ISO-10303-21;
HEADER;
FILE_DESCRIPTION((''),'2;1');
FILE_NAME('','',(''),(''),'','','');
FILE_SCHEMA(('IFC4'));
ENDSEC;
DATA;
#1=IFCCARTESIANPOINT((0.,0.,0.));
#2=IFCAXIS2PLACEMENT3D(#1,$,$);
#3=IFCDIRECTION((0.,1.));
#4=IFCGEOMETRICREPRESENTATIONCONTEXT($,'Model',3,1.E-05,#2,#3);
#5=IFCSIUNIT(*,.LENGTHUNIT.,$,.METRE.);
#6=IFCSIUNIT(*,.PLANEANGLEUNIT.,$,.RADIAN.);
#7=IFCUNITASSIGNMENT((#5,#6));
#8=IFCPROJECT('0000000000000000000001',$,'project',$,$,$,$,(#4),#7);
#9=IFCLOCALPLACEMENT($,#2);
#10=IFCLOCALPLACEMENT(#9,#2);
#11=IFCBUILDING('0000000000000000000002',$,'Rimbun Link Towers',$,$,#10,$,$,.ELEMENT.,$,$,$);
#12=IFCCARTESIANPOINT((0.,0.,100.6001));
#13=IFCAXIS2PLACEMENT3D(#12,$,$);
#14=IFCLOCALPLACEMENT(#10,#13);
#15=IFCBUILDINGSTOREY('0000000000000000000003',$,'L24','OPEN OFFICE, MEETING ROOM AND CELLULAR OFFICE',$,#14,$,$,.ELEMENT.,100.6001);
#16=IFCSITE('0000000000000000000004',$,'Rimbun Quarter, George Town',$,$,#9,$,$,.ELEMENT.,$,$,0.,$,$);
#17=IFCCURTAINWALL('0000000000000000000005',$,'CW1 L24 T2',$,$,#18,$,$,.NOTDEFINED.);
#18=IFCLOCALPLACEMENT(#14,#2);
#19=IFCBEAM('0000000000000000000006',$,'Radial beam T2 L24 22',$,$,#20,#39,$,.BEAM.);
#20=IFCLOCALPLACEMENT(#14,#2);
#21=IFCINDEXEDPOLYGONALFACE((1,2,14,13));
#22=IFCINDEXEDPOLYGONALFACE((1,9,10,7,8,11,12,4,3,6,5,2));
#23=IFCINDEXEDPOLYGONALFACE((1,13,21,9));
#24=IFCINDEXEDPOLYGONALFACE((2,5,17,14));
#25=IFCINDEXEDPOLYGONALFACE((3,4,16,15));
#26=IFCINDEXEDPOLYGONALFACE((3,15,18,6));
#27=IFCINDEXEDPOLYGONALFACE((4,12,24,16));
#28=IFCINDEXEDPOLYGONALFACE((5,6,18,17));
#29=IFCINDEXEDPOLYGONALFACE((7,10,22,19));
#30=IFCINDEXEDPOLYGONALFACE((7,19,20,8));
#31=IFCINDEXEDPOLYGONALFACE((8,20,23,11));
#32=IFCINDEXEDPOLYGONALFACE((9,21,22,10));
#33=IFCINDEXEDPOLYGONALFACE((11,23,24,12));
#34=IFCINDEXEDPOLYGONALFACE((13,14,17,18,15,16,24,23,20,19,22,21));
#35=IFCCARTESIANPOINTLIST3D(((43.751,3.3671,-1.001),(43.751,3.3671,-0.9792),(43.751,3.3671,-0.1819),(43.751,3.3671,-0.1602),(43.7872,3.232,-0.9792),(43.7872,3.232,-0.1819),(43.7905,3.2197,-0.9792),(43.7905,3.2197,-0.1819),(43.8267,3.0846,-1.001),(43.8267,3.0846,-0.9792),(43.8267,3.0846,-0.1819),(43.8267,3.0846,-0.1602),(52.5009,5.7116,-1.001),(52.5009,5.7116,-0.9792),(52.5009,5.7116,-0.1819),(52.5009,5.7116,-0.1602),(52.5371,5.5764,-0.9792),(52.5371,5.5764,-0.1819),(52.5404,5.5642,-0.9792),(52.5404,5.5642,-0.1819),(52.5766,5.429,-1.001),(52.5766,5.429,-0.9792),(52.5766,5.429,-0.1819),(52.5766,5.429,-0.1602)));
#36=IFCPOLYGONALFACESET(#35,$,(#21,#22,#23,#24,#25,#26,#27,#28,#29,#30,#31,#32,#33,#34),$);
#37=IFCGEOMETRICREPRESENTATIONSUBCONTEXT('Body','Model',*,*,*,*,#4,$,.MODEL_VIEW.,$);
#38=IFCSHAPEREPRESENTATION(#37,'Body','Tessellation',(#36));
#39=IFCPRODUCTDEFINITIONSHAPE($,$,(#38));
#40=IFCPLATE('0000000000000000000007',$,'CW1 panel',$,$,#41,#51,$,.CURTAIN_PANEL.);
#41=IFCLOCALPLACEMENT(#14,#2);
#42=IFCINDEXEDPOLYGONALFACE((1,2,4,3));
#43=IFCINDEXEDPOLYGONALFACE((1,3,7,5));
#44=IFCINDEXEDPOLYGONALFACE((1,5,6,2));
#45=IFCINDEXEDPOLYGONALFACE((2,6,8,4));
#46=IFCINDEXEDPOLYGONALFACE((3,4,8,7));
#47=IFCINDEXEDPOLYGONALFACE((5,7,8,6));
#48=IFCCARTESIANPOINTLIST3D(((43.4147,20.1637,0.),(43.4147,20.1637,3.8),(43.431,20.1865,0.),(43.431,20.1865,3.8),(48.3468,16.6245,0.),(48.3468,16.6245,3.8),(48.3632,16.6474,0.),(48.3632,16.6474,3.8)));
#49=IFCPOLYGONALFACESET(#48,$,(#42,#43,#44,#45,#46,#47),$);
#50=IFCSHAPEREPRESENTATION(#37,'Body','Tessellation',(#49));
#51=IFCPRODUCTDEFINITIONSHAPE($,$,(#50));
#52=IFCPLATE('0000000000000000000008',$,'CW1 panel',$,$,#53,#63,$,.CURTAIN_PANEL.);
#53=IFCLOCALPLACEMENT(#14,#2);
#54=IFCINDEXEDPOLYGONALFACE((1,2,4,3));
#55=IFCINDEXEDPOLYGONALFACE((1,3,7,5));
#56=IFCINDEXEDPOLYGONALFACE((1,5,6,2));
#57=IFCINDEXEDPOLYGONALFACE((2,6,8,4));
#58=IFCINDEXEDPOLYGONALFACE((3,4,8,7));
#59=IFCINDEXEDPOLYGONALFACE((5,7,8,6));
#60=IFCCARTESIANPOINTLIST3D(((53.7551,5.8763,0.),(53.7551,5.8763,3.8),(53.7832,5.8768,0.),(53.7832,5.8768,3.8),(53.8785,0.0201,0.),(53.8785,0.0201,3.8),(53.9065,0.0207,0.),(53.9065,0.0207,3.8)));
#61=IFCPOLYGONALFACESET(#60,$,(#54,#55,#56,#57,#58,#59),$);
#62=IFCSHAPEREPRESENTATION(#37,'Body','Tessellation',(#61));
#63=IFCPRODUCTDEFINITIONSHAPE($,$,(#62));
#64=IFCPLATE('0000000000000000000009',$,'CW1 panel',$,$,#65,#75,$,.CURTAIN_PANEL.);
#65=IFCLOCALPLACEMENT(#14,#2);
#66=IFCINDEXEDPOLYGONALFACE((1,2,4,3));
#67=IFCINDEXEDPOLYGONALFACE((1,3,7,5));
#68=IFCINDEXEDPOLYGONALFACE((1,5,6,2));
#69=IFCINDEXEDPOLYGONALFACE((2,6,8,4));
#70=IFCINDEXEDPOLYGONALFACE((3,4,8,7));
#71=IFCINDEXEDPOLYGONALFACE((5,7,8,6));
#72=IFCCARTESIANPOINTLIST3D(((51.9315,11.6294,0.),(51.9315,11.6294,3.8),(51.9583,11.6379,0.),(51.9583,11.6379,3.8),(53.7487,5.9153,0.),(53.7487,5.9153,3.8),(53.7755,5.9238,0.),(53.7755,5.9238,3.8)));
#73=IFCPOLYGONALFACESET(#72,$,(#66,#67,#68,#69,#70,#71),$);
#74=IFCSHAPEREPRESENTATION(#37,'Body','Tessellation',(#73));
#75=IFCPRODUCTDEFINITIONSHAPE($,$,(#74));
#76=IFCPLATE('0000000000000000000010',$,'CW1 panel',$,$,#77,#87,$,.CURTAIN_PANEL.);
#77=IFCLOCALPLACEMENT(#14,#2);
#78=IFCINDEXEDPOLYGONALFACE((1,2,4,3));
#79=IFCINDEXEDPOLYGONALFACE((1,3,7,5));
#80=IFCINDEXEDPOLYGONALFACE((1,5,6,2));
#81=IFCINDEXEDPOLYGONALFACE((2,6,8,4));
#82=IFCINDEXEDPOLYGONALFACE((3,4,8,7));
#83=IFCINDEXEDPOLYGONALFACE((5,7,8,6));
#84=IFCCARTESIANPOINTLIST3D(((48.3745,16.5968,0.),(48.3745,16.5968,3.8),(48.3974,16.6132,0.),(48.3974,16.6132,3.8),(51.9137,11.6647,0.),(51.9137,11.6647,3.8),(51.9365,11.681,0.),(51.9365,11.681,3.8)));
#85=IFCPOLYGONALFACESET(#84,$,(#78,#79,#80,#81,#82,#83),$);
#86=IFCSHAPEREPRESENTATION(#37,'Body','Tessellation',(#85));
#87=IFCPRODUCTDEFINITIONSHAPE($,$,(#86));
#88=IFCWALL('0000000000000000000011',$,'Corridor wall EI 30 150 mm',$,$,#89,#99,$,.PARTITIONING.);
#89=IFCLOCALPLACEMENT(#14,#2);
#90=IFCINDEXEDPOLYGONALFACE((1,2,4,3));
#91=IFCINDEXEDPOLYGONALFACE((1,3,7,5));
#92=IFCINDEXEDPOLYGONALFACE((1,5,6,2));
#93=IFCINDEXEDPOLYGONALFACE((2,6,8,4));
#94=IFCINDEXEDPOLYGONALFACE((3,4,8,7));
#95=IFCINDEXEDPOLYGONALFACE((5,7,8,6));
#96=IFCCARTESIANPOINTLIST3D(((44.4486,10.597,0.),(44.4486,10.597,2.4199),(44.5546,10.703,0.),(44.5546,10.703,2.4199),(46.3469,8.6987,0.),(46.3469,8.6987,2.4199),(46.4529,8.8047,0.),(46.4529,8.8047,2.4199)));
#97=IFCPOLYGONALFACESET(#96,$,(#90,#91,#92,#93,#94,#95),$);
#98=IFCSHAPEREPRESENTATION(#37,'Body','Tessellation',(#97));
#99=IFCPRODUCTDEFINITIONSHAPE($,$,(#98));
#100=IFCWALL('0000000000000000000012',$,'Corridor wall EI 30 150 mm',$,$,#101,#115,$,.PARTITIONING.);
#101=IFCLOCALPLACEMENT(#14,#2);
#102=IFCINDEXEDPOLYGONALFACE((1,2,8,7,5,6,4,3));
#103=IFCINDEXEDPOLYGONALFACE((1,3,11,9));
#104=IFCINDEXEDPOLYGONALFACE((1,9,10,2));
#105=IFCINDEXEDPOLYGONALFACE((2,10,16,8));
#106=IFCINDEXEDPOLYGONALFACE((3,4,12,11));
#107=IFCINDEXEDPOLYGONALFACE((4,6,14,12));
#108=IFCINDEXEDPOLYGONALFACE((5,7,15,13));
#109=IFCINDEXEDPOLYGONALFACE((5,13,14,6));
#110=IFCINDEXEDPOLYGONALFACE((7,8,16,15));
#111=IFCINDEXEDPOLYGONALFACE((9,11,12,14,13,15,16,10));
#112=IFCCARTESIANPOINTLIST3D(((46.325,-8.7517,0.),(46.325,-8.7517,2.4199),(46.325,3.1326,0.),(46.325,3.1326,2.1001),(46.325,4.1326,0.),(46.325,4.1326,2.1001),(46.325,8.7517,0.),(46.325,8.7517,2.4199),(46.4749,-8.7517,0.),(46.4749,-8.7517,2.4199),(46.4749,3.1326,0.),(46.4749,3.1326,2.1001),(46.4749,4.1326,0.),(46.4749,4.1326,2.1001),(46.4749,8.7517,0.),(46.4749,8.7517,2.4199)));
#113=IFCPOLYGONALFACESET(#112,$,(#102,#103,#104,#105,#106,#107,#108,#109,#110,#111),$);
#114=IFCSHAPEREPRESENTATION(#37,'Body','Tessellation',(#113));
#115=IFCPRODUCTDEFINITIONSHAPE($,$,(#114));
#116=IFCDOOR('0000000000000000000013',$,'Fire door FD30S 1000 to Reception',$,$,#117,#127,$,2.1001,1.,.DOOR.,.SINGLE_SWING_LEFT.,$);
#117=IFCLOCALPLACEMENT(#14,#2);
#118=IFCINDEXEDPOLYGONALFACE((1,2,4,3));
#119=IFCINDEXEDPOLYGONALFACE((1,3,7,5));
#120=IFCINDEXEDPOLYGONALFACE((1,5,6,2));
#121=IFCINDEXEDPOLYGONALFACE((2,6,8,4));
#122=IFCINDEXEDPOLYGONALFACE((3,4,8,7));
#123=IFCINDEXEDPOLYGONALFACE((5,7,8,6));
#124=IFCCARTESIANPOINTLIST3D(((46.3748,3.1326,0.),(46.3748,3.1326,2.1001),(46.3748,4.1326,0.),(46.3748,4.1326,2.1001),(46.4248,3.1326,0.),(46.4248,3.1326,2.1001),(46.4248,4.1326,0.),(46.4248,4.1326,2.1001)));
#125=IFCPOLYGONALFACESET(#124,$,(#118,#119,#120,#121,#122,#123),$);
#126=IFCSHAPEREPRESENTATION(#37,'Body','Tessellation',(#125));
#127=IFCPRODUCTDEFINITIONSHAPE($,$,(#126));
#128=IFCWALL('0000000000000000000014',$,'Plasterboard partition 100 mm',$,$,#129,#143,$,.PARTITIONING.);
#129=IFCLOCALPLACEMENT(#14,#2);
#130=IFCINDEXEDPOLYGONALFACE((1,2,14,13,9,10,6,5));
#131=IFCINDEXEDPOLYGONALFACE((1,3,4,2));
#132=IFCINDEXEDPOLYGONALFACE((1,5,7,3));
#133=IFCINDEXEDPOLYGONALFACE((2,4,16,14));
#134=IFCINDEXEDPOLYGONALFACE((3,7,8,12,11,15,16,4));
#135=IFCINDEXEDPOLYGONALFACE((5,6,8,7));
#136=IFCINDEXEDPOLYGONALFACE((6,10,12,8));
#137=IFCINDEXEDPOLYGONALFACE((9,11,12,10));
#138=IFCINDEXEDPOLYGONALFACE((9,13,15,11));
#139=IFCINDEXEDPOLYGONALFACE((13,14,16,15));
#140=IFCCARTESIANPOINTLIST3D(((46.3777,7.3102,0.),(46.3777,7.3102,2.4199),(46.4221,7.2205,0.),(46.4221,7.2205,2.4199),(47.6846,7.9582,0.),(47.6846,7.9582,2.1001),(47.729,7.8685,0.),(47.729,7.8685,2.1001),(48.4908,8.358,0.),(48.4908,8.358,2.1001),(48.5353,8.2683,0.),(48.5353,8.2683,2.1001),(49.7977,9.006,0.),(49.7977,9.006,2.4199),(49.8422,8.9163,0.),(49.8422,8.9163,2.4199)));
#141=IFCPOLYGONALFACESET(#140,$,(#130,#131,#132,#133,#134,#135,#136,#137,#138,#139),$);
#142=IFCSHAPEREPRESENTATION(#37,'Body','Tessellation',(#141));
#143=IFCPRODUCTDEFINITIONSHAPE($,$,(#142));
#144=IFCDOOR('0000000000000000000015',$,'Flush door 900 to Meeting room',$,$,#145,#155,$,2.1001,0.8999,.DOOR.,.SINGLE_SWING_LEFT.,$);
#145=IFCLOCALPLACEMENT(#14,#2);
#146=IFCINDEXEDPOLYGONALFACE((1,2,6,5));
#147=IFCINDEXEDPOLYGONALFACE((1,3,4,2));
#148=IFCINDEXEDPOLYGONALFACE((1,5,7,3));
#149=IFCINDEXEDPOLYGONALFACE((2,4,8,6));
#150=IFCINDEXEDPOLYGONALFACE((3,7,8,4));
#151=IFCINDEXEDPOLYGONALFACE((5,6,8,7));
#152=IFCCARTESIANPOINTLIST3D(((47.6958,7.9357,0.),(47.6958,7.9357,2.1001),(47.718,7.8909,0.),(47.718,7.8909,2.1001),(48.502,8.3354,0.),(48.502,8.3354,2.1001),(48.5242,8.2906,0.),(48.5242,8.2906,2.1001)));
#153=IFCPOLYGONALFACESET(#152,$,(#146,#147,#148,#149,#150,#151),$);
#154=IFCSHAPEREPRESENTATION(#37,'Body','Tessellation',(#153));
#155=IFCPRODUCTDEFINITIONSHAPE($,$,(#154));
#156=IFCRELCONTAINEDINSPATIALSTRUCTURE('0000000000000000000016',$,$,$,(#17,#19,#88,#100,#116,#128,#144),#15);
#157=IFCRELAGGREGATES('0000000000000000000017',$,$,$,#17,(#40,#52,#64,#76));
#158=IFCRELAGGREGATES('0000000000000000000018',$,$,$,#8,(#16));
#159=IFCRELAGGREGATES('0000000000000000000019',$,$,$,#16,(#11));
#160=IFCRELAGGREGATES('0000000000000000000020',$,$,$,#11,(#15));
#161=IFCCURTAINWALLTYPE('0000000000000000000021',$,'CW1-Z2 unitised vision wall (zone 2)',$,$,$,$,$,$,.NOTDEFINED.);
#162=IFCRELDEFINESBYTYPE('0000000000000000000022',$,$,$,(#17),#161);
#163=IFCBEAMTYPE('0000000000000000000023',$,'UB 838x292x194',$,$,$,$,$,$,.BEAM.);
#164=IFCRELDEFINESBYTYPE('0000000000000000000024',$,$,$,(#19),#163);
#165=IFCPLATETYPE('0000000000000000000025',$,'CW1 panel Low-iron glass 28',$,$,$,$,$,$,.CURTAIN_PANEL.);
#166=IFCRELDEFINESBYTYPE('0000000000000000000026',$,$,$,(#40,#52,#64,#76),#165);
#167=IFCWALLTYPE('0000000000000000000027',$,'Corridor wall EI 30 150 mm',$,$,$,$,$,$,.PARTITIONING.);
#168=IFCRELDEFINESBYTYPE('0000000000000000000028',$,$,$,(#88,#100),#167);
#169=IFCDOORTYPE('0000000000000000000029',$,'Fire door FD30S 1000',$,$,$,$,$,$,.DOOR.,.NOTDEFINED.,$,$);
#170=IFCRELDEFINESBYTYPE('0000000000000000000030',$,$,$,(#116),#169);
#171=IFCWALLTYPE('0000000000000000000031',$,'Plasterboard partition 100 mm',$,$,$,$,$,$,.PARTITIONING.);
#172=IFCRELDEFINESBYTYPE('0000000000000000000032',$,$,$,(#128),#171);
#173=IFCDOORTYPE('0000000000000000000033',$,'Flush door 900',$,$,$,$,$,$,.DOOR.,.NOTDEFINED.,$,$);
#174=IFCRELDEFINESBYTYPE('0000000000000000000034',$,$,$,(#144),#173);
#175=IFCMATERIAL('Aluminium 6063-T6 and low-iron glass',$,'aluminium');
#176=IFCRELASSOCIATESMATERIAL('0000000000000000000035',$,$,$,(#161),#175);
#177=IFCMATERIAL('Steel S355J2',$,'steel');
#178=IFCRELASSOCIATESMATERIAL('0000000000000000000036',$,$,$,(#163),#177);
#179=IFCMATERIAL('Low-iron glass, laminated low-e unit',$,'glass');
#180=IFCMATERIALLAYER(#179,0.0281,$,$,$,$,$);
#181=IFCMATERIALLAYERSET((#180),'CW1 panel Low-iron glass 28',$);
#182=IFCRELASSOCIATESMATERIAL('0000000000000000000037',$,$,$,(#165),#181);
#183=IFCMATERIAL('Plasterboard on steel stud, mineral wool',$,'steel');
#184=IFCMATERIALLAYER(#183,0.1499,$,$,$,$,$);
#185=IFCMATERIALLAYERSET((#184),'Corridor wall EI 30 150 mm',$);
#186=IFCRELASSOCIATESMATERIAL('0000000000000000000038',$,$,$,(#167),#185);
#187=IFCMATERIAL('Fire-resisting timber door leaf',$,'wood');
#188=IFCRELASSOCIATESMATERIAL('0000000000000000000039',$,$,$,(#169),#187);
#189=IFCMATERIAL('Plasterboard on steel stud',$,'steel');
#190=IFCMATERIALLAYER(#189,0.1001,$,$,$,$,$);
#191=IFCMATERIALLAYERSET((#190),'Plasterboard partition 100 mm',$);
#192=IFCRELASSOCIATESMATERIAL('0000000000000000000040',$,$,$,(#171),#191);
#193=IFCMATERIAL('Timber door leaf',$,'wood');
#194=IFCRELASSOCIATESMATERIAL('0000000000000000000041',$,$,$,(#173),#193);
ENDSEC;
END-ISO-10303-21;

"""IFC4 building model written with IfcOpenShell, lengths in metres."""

from ifc_helpers import new_model, si_unit, direction, frame, frame_2d, origin, origin_2d, place, context, subcontext, project, spatial, rectangle, i_section, extrude, material, layer, layer_set, material_profile, profile_set, type_object, element, fill, aggregate, save


model = new_model("IFC4")

# Units and contexts
model_context = context("Model", 3, precision=1e-05, world=origin(), true_north=direction((0.0, 1.0)))
body_context = subcontext(model_context, "Body", "Model", "MODEL_VIEW")
ifc_project = project(units=[si_unit("LENGTHUNIT", "METRE"), si_unit("PLANEANGLEUNIT", "RADIAN")], contexts=[model_context])

# Site, building, storey
site_placement = place(None, origin())
site = spatial("IfcSite", under=ifc_project, at=site_placement, Name="Rimbun Quarter, George Town", CompositionType="ELEMENT", RefElevation=0.0)
building_placement = place(site_placement, origin())
building = spatial("IfcBuilding", under=site, at=building_placement, Name="Rimbun Link Towers", CompositionType="ELEMENT")
storey_placement = place(building_placement, frame((0.0, 0.0, 100.6001)))
storey = spatial("IfcBuildingStorey", under=building, at=storey_placement, Name="L24", Description="OPEN OFFICE, MEETING ROOM AND CELLULAR OFFICE", CompositionType="ELEMENT", Elevation=100.6001)

# Curtain wall
ifc_material_1 = material(Name="Aluminium 6063-T6 and low-iron glass", Category="aluminium")
curtain_wall_type = type_object("IfcCurtainWallType", Name="CW1-Z2 unitised vision wall (zone 2)", PredefinedType="NOTDEFINED", material=ifc_material_1)
curtain_wall_placement = place(storey_placement, origin())
curtain_wall = element("IfcCurtainWall", 1, at=curtain_wall_placement, inside=storey, type_object=curtain_wall_type, Name="CW1 L24 T2", PredefinedType="NOTDEFINED")

# Beam
ifc_material_2 = material(Name="Steel S355J2", Category="steel")
ifc_material_profile_1 = material_profile(ifc_material_2, i_section(OverallWidth=0.2925, OverallDepth=0.8408, WebThickness=0.0127, FlangeThickness=0.0217, at=origin_2d()), Name="UB 838x292x194")
ifc_profile_set_1 = profile_set([ifc_material_profile_1], Name="Steel S355J2")
beam_type_1 = type_object("IfcBeamType", Name="UB 838x292x194", PredefinedType="BEAM", material=ifc_profile_set_1)
beam_1_placement = place(storey_placement, frame((43.7888, 3.2258, -0.5806), z_axis=(0.965928, 0.258812, 0.0), x_axis=(-0.258812, 0.965928, 0.0)))
element("IfcBeam", 2, at=beam_1_placement, inside=storey, type_object=beam_type_1, Name="Radial beam T2 L24 22", PredefinedType="BEAM", context=body_context, shape_type="SweptSolid", body=[
    extrude(i_section(OverallWidth=0.2925, OverallDepth=0.8408, WebThickness=0.0127, FlangeThickness=0.0217, at=origin_2d()), origin(), (0.0, 0.0, 1.0), 9.0586),
])

# Plates
ifc_material_3 = material(Name="Low-iron glass, laminated low-e unit", Category="glass")
ifc_layer_1 = layer(ifc_material_3, 0.0281)
ifc_layer_set_1 = layer_set([ifc_layer_1], Name="CW1 panel Low-iron glass 28")
plate_type = type_object("IfcPlateType", Name="CW1 panel Low-iron glass 28", PredefinedType="CURTAIN_PANEL", material=ifc_layer_set_1)
plate_1_placement = place(storey_placement, frame((45.8889, 18.4055, 0.0), z_axis=(0.0, 0.0, 1.0), x_axis=(0.812471, -0.583002, 0.0)))
plate_1 = element("IfcPlate", 3, at=plate_1_placement, type_object=plate_type, Name="CW1 panel", PredefinedType="CURTAIN_PANEL", context=body_context, shape_type="SweptSolid", body=[
    extrude(rectangle(XDim=6.0706, YDim=0.0281, at=origin_2d()), origin(), (0.0, 0.0, 1.0), 3.8),
])
plate_2_placement = place(storey_placement, frame((53.8308, 2.9485, 0.0), z_axis=(0.0, 0.0, 1.0), x_axis=(0.02106, -0.999778, 0.0)))
plate_2 = element("IfcPlate", 4, at=plate_2_placement, type_object=plate_type, Name="CW1 panel", PredefinedType="CURTAIN_PANEL", context=body_context, shape_type="SweptSolid", body=[
    extrude(rectangle(XDim=5.8574, YDim=0.0281, at=origin_2d()), origin(), (0.0, 0.0, 1.0), 3.8),
])
plate_3_placement = place(storey_placement, frame((52.8535, 8.7766, 0.0), z_axis=(0.0, 0.0, 1.0), x_axis=(0.303066, -0.95297, 0.0)))
plate_3 = element("IfcPlate", 5, at=plate_3_placement, type_object=plate_type, Name="CW1 panel", PredefinedType="CURTAIN_PANEL", context=body_context, shape_type="SweptSolid", body=[
    extrude(rectangle(XDim=5.9961, YDim=0.0281, at=origin_2d()), origin(), (0.0, 0.0, 1.0), 3.8),
])
plate_4_placement = place(storey_placement, frame((50.1555, 14.1389, 0.0), z_axis=(0.0, 0.0, 1.0), x_axis=(0.583002, -0.812471, 0.0)))
plate_4 = element("IfcPlate", 6, at=plate_4_placement, type_object=plate_type, Name="CW1 panel", PredefinedType="CURTAIN_PANEL", context=body_context, shape_type="SweptSolid", body=[
    extrude(rectangle(XDim=6.0706, YDim=0.0281, at=origin_2d()), origin(), (0.0, 0.0, 1.0), 3.8),
])
aggregate(curtain_wall, [plate_1, plate_2, plate_3, plate_4])

# Wall
ifc_material_4 = material(Name="Plasterboard on steel stud, mineral wool", Category="steel")
ifc_layer_2 = layer(ifc_material_4, 0.1499)
ifc_layer_set_2 = layer_set([ifc_layer_2], Name="Corridor wall EI 30 150 mm")
wall_type_1 = type_object("IfcWallType", Name="Corridor wall EI 30 150 mm", PredefinedType="PARTITIONING", material=ifc_layer_set_2)
wall_1_placement = place(storey_placement, frame((46.3999, 8.7517, 0.0), z_axis=(0.0, 0.0, 1.0), x_axis=(-0.707107, 0.707107, 0.0)))
element("IfcWall", 7, at=wall_1_placement, inside=storey, type_object=wall_type_1, Name="Corridor wall EI 30 150 mm", PredefinedType="PARTITIONING", context=body_context, shape_type="SweptSolid", body=[
    extrude(rectangle(XDim=2.6846, YDim=0.1499, at=frame_2d((1.3423, 0.0))), origin(), (0.0, 0.0, 1.0), 2.4199),
])

# Walls, openings, doors
wall_2_placement = place(storey_placement, frame((46.3999, 8.7517, 0.0), z_axis=(0.0, 0.0, 1.0), x_axis=(0.0, -1.0, 0.0)))
wall_2 = element("IfcWall", 8, at=wall_2_placement, inside=storey, type_object=wall_type_1, Name="Corridor wall EI 30 150 mm", PredefinedType="PARTITIONING", context=body_context, shape_type="SweptSolid", body=[
    extrude(rectangle(XDim=17.5034, YDim=0.1499, at=frame_2d((8.7517, 0.0))), origin(), (0.0, 0.0, 1.0), 2.4199),
])
opening_1_placement = place(wall_2_placement, frame((4.6191, 0.0, 0.0)))
opening_1 = element("IfcOpeningElement", 9, at=opening_1_placement, cuts=wall_2, PredefinedType="OPENING", context=body_context, shape_type="SweptSolid", body=[
    extrude(rectangle(XDim=1.0, YDim=2.1001, at=frame_2d((0.5, 1.05))), frame((0.0, 0.085, 0.0), z_axis=(0.0, -1.0, 0.0), x_axis=(1.0, 0.0, 0.0)), (0.0, 0.0, 1.0), 0.1699),
])
ifc_material_5 = material(Name="Fire-resisting timber door leaf", Category="wood")
door_type_1 = type_object("IfcDoorType", Name="Fire door FD30S 1000", OperationType="NOTDEFINED", PredefinedType="DOOR", material=ifc_material_5)
door_1_placement = place(opening_1_placement, origin())
door_1 = element("IfcDoor", 10, at=door_1_placement, inside=storey, type_object=door_type_1, Name="Fire door FD30S 1000 to Reception", OperationType="SINGLE_SWING_LEFT", OverallHeight=2.1001, OverallWidth=1.0, PredefinedType="DOOR", context=body_context, shape_type="SweptSolid", body=[
    extrude(rectangle(XDim=1.0, YDim=2.1001, at=frame_2d((0.5, 1.05))), frame((0.0, 0.0249, 0.0), z_axis=(0.0, -1.0, 0.0), x_axis=(1.0, 0.0, 0.0)), (0.0, 0.0, 1.0), 0.05),
])
fill(opening_1, door_1)
ifc_material_6 = material(Name="Plasterboard on steel stud", Category="steel")
ifc_layer_3 = layer(ifc_material_6, 0.1001)
ifc_layer_set_3 = layer_set([ifc_layer_3], Name="Plasterboard partition 100 mm")
wall_type_2 = type_object("IfcWallType", Name="Plasterboard partition 100 mm", PredefinedType="PARTITIONING", material=ifc_layer_set_3)
wall_3_placement = place(storey_placement, frame((46.3999, 7.2654, 0.0), z_axis=(0.0, 0.0, 1.0), x_axis=(0.895919, 0.444218, 0.0)))
wall_3 = element("IfcWall", 11, at=wall_3_placement, inside=storey, type_object=wall_type_2, Name="Plasterboard partition 100 mm", PredefinedType="PARTITIONING", context=body_context, shape_type="SweptSolid", body=[
    extrude(rectangle(XDim=3.8174, YDim=0.1001, at=frame_2d((1.9087, 0.0))), origin(), (0.0, 0.0, 1.0), 2.4199),
])
opening_2_placement = place(wall_3_placement, frame((1.4587, 0.0, 0.0)))
opening_2 = element("IfcOpeningElement", 12, at=opening_2_placement, cuts=wall_3, PredefinedType="OPENING", context=body_context, shape_type="SweptSolid", body=[
    extrude(rectangle(XDim=0.8999, YDim=2.1001, at=frame_2d((0.45, 1.05))), frame((0.0, 0.0601, 0.0), z_axis=(0.0, -1.0, 0.0), x_axis=(1.0, 0.0, 0.0)), (0.0, 0.0, 1.0), 0.1201),
])
ifc_material_7 = material(Name="Timber door leaf", Category="wood")
door_type_2 = type_object("IfcDoorType", Name="Flush door 900", OperationType="NOTDEFINED", PredefinedType="DOOR", material=ifc_material_7)
door_2_placement = place(opening_2_placement, origin())
door_2 = element("IfcDoor", 13, at=door_2_placement, inside=storey, type_object=door_type_2, Name="Flush door 900 to Meeting room", OperationType="SINGLE_SWING_LEFT", OverallHeight=2.1001, OverallWidth=0.8999, PredefinedType="DOOR", context=body_context, shape_type="SweptSolid", body=[
    extrude(rectangle(XDim=0.8999, YDim=2.1001, at=frame_2d((0.45, 1.05))), frame((0.0, 0.0249, 0.0), z_axis=(0.0, -1.0, 0.0), x_axis=(1.0, 0.0, 0.0)), (0.0, 0.0, 1.0), 0.05),
])
fill(opening_2, door_2)

save(model, "model.ifc")
